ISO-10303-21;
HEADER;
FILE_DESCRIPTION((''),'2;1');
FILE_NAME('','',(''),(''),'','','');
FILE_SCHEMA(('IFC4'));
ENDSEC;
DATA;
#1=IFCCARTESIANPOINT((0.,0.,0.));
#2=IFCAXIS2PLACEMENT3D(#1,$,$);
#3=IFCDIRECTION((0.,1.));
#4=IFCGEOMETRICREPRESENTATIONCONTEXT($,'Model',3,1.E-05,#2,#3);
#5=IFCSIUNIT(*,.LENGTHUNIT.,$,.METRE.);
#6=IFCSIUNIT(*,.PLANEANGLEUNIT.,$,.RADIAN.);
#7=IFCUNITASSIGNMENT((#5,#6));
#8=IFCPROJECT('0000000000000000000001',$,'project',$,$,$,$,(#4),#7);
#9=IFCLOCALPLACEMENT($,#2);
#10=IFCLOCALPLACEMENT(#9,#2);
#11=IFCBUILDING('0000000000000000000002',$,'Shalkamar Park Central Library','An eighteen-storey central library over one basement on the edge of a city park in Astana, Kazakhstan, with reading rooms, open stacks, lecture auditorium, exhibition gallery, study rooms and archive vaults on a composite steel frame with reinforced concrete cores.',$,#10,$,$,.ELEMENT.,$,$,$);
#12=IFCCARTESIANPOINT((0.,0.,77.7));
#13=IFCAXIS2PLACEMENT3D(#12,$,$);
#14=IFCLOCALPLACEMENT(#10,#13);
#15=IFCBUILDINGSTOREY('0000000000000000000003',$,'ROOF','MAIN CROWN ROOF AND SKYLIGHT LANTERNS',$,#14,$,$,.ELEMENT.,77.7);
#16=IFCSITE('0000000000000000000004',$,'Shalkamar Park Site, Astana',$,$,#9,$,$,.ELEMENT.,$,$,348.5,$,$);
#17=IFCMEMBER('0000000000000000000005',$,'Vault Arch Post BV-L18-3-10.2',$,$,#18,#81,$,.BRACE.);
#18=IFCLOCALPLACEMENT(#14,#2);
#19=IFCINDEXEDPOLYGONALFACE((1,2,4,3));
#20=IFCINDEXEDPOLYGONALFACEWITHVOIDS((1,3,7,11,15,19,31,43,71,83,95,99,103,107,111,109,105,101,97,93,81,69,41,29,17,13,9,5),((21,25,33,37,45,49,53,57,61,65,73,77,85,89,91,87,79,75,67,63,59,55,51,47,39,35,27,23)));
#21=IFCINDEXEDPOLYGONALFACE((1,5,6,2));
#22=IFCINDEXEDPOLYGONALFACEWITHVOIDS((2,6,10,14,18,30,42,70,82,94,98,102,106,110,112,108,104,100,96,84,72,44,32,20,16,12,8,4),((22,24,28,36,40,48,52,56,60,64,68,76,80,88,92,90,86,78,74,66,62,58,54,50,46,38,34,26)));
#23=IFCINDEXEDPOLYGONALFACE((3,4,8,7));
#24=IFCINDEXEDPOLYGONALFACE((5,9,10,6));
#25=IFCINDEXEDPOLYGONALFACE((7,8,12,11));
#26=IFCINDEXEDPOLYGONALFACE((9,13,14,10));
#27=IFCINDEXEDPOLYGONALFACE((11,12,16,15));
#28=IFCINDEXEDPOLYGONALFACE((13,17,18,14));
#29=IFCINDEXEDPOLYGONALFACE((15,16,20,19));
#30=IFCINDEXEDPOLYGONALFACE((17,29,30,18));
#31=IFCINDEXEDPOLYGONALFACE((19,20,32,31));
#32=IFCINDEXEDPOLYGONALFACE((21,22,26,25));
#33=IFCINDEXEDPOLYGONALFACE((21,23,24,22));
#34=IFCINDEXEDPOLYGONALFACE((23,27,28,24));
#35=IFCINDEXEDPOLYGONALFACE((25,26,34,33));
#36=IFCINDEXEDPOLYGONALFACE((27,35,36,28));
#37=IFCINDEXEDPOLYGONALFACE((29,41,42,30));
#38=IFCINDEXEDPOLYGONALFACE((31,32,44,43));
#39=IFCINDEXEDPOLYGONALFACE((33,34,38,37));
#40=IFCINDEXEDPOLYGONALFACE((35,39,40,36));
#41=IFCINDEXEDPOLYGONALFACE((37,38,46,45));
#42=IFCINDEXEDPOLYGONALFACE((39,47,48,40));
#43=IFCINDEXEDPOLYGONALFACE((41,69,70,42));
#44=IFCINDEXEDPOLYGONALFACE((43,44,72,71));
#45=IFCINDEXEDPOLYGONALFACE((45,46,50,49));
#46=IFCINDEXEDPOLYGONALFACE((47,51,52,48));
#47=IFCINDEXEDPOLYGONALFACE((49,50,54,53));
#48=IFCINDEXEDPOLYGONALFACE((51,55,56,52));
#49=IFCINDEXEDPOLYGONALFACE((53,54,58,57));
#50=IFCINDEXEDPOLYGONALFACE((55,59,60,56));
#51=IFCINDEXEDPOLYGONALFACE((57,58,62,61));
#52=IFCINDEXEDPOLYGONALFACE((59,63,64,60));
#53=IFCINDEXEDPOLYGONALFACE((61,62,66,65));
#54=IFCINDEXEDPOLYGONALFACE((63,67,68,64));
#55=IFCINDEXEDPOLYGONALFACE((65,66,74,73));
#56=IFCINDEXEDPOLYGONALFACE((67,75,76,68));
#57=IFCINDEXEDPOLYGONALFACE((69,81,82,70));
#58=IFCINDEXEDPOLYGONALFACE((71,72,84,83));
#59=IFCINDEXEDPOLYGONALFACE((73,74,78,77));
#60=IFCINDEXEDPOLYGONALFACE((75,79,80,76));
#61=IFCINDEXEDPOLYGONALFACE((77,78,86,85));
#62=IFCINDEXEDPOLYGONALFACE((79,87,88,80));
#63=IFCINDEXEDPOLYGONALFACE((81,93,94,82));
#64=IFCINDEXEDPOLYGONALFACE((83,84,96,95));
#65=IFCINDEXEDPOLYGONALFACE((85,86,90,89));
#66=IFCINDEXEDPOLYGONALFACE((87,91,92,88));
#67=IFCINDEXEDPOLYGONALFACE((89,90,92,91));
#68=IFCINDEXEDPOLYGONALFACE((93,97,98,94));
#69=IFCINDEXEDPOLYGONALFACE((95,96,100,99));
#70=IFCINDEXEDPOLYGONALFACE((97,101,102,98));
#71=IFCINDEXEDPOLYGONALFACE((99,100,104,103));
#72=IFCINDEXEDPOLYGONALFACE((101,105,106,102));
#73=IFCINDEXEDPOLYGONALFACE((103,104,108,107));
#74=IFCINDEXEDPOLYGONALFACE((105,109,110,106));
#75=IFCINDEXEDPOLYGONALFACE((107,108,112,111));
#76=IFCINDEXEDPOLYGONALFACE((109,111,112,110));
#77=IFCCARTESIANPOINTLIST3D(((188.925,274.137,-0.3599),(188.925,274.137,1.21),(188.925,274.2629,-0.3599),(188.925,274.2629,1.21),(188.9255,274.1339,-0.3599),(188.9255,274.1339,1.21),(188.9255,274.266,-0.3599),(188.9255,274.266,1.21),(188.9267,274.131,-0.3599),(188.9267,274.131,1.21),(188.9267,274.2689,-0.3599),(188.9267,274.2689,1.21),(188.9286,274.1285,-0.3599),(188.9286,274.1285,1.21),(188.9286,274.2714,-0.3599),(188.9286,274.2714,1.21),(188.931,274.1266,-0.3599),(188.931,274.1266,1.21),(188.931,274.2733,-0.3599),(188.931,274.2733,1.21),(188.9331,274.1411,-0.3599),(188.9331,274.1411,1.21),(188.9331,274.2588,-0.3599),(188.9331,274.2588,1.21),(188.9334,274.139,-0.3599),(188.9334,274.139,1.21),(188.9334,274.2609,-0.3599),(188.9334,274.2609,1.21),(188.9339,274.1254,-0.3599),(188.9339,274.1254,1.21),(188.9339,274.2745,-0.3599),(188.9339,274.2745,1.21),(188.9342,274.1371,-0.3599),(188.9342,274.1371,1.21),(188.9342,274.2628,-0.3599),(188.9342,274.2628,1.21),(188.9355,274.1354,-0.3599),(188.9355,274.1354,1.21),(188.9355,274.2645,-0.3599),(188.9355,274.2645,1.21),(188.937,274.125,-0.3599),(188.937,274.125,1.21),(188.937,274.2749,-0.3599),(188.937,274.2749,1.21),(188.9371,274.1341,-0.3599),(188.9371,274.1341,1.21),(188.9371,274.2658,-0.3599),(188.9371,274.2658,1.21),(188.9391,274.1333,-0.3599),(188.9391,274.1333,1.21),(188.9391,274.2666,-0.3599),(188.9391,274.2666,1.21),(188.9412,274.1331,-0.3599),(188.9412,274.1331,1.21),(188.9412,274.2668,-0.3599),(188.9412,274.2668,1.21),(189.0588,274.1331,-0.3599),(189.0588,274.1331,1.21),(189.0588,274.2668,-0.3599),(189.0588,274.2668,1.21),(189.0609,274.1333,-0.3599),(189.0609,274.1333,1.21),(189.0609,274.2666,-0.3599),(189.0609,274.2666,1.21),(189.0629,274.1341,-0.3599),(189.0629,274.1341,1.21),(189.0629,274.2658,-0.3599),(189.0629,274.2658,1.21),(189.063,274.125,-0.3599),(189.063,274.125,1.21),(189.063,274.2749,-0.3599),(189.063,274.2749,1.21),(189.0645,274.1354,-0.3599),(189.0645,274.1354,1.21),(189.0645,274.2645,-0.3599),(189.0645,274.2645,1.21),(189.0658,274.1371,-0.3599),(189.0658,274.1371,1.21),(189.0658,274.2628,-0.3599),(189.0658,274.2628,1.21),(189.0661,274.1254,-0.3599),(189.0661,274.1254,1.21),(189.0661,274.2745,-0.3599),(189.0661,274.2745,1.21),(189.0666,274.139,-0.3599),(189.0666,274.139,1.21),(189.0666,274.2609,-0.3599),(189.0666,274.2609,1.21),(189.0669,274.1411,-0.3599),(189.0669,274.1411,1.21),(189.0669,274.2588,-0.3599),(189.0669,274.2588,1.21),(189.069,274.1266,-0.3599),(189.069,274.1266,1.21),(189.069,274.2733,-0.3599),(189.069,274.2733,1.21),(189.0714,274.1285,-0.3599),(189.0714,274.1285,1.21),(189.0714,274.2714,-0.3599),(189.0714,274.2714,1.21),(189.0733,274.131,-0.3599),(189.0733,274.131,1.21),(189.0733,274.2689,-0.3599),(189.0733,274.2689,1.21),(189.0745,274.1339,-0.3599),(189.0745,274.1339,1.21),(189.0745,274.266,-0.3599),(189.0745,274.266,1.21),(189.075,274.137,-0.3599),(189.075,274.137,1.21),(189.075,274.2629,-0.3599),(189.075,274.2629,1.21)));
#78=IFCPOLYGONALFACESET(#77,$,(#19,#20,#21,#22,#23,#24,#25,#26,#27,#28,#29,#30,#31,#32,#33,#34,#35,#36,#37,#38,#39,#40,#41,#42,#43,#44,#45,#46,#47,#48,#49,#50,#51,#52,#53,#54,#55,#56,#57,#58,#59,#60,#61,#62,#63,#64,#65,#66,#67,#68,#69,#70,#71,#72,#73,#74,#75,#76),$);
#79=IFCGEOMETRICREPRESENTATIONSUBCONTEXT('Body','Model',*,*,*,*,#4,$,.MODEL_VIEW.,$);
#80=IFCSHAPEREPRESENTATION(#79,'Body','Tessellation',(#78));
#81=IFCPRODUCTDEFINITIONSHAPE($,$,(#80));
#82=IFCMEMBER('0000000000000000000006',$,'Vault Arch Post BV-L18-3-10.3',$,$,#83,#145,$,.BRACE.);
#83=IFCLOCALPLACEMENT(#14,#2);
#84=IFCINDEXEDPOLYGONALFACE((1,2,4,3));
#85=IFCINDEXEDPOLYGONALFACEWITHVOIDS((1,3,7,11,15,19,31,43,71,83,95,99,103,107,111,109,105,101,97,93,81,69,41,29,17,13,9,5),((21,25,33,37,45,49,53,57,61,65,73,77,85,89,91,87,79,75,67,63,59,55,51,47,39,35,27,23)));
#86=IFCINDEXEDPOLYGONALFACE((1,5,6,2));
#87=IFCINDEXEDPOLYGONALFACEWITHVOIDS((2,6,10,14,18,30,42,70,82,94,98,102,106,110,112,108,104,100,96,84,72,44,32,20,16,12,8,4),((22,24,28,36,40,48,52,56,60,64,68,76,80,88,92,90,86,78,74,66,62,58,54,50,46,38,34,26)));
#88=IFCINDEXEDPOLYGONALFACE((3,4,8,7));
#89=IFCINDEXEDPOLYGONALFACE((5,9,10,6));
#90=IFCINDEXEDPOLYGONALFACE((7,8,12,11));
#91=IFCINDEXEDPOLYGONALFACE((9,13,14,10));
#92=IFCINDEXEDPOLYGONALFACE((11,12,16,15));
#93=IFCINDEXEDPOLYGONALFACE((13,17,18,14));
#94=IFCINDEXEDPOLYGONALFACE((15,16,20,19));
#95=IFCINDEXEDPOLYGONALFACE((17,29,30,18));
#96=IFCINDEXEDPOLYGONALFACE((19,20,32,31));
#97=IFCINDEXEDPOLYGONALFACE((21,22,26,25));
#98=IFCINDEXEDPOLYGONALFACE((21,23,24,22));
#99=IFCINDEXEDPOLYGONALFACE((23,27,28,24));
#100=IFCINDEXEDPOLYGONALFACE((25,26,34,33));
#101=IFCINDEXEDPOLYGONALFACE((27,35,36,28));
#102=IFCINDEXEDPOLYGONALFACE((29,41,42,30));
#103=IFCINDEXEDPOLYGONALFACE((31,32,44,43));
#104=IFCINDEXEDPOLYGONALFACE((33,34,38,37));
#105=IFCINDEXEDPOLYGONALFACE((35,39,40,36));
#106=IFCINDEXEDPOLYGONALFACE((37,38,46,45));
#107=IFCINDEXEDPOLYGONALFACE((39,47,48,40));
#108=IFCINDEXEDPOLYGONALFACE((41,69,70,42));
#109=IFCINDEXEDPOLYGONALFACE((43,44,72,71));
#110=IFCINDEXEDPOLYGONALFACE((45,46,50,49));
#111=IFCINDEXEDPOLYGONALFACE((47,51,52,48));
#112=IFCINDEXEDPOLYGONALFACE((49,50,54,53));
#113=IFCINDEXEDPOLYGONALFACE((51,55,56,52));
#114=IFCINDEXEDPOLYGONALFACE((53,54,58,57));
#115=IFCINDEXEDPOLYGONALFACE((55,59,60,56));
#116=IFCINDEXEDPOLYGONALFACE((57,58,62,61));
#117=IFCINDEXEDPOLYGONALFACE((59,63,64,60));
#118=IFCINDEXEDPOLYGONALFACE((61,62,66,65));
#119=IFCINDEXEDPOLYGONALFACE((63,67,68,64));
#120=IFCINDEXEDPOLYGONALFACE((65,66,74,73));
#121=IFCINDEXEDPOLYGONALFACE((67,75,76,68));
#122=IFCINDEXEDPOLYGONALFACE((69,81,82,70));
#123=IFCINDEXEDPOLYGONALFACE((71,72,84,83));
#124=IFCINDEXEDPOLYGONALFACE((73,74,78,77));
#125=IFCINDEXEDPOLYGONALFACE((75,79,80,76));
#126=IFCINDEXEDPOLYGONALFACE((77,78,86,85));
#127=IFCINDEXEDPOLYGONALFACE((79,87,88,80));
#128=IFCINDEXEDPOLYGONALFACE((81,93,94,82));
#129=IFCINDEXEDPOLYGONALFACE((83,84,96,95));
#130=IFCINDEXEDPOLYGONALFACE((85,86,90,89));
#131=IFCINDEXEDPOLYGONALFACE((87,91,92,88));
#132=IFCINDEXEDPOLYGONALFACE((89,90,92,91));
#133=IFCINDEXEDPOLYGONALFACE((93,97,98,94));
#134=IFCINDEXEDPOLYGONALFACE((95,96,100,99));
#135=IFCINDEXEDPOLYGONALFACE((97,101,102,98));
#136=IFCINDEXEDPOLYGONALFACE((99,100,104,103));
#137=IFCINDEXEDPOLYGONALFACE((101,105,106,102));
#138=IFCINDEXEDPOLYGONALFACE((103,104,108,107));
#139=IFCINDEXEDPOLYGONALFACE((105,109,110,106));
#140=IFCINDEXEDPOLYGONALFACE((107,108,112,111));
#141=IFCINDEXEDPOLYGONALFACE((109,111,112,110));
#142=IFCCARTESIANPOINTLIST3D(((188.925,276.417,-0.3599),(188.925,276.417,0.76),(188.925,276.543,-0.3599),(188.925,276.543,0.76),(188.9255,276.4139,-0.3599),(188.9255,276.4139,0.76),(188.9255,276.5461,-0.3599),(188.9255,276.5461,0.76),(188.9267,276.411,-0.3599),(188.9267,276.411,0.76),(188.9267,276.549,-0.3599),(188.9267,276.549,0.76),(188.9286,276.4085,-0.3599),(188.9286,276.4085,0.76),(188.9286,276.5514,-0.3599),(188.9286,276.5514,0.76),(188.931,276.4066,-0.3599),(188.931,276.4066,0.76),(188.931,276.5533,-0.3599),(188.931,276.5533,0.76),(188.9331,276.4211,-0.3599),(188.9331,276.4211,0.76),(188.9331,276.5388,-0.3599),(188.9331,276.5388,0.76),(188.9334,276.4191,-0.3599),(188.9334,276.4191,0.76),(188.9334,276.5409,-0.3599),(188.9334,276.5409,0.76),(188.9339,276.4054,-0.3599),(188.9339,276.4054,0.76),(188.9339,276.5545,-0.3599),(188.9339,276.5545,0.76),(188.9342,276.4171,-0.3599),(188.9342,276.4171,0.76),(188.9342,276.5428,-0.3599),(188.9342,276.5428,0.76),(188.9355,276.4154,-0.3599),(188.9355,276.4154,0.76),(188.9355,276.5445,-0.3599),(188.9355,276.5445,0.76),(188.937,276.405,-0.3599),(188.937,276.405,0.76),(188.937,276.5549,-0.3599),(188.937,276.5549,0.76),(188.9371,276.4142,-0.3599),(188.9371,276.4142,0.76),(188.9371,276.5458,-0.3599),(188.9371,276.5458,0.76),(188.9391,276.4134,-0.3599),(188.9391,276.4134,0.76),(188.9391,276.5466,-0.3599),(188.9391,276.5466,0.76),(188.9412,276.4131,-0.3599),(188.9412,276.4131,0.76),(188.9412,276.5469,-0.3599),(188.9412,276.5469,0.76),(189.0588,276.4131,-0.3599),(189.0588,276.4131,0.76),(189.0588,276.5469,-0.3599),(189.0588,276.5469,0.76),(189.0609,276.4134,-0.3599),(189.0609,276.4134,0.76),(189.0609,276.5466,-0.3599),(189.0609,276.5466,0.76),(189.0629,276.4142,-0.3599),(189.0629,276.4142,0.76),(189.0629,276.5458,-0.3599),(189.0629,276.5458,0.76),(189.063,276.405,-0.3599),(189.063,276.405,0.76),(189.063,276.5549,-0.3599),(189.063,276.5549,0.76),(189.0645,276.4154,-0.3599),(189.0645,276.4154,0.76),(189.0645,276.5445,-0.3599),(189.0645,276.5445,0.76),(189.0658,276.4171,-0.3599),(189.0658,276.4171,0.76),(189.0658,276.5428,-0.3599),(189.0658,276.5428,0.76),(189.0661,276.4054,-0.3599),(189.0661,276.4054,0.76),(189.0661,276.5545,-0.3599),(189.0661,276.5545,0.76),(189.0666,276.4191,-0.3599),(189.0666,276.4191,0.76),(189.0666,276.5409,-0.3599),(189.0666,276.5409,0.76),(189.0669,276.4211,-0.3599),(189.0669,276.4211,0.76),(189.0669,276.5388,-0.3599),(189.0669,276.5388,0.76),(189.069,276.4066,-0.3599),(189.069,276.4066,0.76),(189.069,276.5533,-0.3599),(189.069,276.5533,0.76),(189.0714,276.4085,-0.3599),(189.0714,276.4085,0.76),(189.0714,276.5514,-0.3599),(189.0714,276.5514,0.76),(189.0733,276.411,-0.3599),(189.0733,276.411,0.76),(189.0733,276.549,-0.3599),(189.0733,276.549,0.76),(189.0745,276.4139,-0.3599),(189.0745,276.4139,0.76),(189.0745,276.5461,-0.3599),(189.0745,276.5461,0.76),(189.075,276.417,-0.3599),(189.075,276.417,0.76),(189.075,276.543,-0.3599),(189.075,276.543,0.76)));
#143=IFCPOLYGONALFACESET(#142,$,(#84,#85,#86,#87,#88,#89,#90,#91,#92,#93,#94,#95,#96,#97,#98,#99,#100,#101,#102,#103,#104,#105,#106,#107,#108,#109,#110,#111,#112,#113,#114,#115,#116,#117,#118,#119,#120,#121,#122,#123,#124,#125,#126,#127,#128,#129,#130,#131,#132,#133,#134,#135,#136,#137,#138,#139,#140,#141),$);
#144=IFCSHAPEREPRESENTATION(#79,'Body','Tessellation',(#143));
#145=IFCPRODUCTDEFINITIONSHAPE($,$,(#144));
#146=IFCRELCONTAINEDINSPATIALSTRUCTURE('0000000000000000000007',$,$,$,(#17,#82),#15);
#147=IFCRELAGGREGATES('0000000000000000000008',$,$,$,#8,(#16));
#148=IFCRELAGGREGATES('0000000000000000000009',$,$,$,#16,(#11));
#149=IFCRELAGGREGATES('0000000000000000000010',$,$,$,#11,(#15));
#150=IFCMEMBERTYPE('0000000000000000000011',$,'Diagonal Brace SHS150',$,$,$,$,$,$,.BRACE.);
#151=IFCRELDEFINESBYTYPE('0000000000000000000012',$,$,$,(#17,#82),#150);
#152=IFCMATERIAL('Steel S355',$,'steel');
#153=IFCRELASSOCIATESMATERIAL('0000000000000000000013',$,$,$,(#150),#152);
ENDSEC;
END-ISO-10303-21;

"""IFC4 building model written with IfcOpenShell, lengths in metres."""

from ifc_helpers import new_model, si_unit, direction, frame, origin, origin_2d, place, context, subcontext, project, spatial, hollow_rectangle, extrude, material, material_profile, profile_set, type_object, element, save


model = new_model("IFC4")

# Units and contexts
model_context = context("Model", 3, precision=1e-05, world=origin(), true_north=direction((0.0, 1.0)))
body_context = subcontext(model_context, "Body", "Model", "MODEL_VIEW")
ifc_project = project(units=[si_unit("LENGTHUNIT", "METRE"), si_unit("PLANEANGLEUNIT", "RADIAN")], contexts=[model_context])

# Site, building, storey
site_placement = place(None, origin())
site = spatial("IfcSite", under=ifc_project, at=site_placement, Name="Shalkamar Park Site, Astana", CompositionType="ELEMENT", RefElevation=348.5)
building_placement = place(site_placement, origin())
building = spatial("IfcBuilding", under=site, at=building_placement, Name="Shalkamar Park Central Library", Description="An eighteen-storey central library over one basement on the edge of a city park in Astana, Kazakhstan, with reading rooms, open stacks, lecture auditorium, exhibition gallery, study rooms and archive vaults on a composite steel frame with reinforced concrete cores.", CompositionType="ELEMENT")
storey_placement = place(building_placement, frame((0.0, 0.0, 77.7)))
storey = spatial("IfcBuildingStorey", under=building, at=storey_placement, Name="ROOF", Description="MAIN CROWN ROOF AND SKYLIGHT LANTERNS", CompositionType="ELEMENT", Elevation=77.7)

# Members
ifc_material = material(Name="Steel S355", Category="steel")
ifc_material_profile_1 = material_profile(ifc_material, hollow_rectangle(XDim=0.1499, YDim=0.1499, WallThickness=0.0081, InnerFilletRadius=0.0081, OuterFilletRadius=0.012, at=origin_2d()), Name="SHS 150x150x8")
ifc_profile_set_1 = profile_set([ifc_material_profile_1], Name="Steel S355")
member_type_1 = type_object("IfcMemberType", Name="Diagonal Brace SHS150", PredefinedType="BRACE", material=ifc_profile_set_1)
member_1_placement = place(storey_placement, frame((189.0, 274.2, -0.3599), z_axis=(0.0, 0.0, 1.0), x_axis=(1.0, 0.0, 0.0)))
element("IfcMember", 1, at=member_1_placement, inside=storey, type_object=member_type_1, Name="Vault Arch Post BV-L18-3-10.2", PredefinedType="BRACE", context=body_context, shape_type="SweptSolid", body=[
    extrude(hollow_rectangle(XDim=0.1499, YDim=0.1499, WallThickness=0.0081, InnerFilletRadius=0.0081, OuterFilletRadius=0.012, at=origin_2d()), origin(), (0.0, 0.0, 1.0), 1.5698),
])
for number, where, z_axis, x_axis, name in (
    (2, (189.0, 276.48, -0.3599), (0.0, 0.0, 1.0), (1.0, 0.0, 0.0), "Vault Arch Post BV-L18-3-10.3"),
):
    element("IfcMember", number, at=place(storey_placement, frame(where, z_axis=z_axis, x_axis=x_axis)), inside=storey, type_object=member_type_1, Name=name, PredefinedType="BRACE", context=body_context, shape_type="SweptSolid", body=[
        extrude(hollow_rectangle(XDim=0.1499, YDim=0.1499, WallThickness=0.0081, InnerFilletRadius=0.0081, OuterFilletRadius=0.012, at=origin_2d()), origin(), (0.0, 0.0, 1.0), 1.1199),
    ])

save(model, "model.ifc")
